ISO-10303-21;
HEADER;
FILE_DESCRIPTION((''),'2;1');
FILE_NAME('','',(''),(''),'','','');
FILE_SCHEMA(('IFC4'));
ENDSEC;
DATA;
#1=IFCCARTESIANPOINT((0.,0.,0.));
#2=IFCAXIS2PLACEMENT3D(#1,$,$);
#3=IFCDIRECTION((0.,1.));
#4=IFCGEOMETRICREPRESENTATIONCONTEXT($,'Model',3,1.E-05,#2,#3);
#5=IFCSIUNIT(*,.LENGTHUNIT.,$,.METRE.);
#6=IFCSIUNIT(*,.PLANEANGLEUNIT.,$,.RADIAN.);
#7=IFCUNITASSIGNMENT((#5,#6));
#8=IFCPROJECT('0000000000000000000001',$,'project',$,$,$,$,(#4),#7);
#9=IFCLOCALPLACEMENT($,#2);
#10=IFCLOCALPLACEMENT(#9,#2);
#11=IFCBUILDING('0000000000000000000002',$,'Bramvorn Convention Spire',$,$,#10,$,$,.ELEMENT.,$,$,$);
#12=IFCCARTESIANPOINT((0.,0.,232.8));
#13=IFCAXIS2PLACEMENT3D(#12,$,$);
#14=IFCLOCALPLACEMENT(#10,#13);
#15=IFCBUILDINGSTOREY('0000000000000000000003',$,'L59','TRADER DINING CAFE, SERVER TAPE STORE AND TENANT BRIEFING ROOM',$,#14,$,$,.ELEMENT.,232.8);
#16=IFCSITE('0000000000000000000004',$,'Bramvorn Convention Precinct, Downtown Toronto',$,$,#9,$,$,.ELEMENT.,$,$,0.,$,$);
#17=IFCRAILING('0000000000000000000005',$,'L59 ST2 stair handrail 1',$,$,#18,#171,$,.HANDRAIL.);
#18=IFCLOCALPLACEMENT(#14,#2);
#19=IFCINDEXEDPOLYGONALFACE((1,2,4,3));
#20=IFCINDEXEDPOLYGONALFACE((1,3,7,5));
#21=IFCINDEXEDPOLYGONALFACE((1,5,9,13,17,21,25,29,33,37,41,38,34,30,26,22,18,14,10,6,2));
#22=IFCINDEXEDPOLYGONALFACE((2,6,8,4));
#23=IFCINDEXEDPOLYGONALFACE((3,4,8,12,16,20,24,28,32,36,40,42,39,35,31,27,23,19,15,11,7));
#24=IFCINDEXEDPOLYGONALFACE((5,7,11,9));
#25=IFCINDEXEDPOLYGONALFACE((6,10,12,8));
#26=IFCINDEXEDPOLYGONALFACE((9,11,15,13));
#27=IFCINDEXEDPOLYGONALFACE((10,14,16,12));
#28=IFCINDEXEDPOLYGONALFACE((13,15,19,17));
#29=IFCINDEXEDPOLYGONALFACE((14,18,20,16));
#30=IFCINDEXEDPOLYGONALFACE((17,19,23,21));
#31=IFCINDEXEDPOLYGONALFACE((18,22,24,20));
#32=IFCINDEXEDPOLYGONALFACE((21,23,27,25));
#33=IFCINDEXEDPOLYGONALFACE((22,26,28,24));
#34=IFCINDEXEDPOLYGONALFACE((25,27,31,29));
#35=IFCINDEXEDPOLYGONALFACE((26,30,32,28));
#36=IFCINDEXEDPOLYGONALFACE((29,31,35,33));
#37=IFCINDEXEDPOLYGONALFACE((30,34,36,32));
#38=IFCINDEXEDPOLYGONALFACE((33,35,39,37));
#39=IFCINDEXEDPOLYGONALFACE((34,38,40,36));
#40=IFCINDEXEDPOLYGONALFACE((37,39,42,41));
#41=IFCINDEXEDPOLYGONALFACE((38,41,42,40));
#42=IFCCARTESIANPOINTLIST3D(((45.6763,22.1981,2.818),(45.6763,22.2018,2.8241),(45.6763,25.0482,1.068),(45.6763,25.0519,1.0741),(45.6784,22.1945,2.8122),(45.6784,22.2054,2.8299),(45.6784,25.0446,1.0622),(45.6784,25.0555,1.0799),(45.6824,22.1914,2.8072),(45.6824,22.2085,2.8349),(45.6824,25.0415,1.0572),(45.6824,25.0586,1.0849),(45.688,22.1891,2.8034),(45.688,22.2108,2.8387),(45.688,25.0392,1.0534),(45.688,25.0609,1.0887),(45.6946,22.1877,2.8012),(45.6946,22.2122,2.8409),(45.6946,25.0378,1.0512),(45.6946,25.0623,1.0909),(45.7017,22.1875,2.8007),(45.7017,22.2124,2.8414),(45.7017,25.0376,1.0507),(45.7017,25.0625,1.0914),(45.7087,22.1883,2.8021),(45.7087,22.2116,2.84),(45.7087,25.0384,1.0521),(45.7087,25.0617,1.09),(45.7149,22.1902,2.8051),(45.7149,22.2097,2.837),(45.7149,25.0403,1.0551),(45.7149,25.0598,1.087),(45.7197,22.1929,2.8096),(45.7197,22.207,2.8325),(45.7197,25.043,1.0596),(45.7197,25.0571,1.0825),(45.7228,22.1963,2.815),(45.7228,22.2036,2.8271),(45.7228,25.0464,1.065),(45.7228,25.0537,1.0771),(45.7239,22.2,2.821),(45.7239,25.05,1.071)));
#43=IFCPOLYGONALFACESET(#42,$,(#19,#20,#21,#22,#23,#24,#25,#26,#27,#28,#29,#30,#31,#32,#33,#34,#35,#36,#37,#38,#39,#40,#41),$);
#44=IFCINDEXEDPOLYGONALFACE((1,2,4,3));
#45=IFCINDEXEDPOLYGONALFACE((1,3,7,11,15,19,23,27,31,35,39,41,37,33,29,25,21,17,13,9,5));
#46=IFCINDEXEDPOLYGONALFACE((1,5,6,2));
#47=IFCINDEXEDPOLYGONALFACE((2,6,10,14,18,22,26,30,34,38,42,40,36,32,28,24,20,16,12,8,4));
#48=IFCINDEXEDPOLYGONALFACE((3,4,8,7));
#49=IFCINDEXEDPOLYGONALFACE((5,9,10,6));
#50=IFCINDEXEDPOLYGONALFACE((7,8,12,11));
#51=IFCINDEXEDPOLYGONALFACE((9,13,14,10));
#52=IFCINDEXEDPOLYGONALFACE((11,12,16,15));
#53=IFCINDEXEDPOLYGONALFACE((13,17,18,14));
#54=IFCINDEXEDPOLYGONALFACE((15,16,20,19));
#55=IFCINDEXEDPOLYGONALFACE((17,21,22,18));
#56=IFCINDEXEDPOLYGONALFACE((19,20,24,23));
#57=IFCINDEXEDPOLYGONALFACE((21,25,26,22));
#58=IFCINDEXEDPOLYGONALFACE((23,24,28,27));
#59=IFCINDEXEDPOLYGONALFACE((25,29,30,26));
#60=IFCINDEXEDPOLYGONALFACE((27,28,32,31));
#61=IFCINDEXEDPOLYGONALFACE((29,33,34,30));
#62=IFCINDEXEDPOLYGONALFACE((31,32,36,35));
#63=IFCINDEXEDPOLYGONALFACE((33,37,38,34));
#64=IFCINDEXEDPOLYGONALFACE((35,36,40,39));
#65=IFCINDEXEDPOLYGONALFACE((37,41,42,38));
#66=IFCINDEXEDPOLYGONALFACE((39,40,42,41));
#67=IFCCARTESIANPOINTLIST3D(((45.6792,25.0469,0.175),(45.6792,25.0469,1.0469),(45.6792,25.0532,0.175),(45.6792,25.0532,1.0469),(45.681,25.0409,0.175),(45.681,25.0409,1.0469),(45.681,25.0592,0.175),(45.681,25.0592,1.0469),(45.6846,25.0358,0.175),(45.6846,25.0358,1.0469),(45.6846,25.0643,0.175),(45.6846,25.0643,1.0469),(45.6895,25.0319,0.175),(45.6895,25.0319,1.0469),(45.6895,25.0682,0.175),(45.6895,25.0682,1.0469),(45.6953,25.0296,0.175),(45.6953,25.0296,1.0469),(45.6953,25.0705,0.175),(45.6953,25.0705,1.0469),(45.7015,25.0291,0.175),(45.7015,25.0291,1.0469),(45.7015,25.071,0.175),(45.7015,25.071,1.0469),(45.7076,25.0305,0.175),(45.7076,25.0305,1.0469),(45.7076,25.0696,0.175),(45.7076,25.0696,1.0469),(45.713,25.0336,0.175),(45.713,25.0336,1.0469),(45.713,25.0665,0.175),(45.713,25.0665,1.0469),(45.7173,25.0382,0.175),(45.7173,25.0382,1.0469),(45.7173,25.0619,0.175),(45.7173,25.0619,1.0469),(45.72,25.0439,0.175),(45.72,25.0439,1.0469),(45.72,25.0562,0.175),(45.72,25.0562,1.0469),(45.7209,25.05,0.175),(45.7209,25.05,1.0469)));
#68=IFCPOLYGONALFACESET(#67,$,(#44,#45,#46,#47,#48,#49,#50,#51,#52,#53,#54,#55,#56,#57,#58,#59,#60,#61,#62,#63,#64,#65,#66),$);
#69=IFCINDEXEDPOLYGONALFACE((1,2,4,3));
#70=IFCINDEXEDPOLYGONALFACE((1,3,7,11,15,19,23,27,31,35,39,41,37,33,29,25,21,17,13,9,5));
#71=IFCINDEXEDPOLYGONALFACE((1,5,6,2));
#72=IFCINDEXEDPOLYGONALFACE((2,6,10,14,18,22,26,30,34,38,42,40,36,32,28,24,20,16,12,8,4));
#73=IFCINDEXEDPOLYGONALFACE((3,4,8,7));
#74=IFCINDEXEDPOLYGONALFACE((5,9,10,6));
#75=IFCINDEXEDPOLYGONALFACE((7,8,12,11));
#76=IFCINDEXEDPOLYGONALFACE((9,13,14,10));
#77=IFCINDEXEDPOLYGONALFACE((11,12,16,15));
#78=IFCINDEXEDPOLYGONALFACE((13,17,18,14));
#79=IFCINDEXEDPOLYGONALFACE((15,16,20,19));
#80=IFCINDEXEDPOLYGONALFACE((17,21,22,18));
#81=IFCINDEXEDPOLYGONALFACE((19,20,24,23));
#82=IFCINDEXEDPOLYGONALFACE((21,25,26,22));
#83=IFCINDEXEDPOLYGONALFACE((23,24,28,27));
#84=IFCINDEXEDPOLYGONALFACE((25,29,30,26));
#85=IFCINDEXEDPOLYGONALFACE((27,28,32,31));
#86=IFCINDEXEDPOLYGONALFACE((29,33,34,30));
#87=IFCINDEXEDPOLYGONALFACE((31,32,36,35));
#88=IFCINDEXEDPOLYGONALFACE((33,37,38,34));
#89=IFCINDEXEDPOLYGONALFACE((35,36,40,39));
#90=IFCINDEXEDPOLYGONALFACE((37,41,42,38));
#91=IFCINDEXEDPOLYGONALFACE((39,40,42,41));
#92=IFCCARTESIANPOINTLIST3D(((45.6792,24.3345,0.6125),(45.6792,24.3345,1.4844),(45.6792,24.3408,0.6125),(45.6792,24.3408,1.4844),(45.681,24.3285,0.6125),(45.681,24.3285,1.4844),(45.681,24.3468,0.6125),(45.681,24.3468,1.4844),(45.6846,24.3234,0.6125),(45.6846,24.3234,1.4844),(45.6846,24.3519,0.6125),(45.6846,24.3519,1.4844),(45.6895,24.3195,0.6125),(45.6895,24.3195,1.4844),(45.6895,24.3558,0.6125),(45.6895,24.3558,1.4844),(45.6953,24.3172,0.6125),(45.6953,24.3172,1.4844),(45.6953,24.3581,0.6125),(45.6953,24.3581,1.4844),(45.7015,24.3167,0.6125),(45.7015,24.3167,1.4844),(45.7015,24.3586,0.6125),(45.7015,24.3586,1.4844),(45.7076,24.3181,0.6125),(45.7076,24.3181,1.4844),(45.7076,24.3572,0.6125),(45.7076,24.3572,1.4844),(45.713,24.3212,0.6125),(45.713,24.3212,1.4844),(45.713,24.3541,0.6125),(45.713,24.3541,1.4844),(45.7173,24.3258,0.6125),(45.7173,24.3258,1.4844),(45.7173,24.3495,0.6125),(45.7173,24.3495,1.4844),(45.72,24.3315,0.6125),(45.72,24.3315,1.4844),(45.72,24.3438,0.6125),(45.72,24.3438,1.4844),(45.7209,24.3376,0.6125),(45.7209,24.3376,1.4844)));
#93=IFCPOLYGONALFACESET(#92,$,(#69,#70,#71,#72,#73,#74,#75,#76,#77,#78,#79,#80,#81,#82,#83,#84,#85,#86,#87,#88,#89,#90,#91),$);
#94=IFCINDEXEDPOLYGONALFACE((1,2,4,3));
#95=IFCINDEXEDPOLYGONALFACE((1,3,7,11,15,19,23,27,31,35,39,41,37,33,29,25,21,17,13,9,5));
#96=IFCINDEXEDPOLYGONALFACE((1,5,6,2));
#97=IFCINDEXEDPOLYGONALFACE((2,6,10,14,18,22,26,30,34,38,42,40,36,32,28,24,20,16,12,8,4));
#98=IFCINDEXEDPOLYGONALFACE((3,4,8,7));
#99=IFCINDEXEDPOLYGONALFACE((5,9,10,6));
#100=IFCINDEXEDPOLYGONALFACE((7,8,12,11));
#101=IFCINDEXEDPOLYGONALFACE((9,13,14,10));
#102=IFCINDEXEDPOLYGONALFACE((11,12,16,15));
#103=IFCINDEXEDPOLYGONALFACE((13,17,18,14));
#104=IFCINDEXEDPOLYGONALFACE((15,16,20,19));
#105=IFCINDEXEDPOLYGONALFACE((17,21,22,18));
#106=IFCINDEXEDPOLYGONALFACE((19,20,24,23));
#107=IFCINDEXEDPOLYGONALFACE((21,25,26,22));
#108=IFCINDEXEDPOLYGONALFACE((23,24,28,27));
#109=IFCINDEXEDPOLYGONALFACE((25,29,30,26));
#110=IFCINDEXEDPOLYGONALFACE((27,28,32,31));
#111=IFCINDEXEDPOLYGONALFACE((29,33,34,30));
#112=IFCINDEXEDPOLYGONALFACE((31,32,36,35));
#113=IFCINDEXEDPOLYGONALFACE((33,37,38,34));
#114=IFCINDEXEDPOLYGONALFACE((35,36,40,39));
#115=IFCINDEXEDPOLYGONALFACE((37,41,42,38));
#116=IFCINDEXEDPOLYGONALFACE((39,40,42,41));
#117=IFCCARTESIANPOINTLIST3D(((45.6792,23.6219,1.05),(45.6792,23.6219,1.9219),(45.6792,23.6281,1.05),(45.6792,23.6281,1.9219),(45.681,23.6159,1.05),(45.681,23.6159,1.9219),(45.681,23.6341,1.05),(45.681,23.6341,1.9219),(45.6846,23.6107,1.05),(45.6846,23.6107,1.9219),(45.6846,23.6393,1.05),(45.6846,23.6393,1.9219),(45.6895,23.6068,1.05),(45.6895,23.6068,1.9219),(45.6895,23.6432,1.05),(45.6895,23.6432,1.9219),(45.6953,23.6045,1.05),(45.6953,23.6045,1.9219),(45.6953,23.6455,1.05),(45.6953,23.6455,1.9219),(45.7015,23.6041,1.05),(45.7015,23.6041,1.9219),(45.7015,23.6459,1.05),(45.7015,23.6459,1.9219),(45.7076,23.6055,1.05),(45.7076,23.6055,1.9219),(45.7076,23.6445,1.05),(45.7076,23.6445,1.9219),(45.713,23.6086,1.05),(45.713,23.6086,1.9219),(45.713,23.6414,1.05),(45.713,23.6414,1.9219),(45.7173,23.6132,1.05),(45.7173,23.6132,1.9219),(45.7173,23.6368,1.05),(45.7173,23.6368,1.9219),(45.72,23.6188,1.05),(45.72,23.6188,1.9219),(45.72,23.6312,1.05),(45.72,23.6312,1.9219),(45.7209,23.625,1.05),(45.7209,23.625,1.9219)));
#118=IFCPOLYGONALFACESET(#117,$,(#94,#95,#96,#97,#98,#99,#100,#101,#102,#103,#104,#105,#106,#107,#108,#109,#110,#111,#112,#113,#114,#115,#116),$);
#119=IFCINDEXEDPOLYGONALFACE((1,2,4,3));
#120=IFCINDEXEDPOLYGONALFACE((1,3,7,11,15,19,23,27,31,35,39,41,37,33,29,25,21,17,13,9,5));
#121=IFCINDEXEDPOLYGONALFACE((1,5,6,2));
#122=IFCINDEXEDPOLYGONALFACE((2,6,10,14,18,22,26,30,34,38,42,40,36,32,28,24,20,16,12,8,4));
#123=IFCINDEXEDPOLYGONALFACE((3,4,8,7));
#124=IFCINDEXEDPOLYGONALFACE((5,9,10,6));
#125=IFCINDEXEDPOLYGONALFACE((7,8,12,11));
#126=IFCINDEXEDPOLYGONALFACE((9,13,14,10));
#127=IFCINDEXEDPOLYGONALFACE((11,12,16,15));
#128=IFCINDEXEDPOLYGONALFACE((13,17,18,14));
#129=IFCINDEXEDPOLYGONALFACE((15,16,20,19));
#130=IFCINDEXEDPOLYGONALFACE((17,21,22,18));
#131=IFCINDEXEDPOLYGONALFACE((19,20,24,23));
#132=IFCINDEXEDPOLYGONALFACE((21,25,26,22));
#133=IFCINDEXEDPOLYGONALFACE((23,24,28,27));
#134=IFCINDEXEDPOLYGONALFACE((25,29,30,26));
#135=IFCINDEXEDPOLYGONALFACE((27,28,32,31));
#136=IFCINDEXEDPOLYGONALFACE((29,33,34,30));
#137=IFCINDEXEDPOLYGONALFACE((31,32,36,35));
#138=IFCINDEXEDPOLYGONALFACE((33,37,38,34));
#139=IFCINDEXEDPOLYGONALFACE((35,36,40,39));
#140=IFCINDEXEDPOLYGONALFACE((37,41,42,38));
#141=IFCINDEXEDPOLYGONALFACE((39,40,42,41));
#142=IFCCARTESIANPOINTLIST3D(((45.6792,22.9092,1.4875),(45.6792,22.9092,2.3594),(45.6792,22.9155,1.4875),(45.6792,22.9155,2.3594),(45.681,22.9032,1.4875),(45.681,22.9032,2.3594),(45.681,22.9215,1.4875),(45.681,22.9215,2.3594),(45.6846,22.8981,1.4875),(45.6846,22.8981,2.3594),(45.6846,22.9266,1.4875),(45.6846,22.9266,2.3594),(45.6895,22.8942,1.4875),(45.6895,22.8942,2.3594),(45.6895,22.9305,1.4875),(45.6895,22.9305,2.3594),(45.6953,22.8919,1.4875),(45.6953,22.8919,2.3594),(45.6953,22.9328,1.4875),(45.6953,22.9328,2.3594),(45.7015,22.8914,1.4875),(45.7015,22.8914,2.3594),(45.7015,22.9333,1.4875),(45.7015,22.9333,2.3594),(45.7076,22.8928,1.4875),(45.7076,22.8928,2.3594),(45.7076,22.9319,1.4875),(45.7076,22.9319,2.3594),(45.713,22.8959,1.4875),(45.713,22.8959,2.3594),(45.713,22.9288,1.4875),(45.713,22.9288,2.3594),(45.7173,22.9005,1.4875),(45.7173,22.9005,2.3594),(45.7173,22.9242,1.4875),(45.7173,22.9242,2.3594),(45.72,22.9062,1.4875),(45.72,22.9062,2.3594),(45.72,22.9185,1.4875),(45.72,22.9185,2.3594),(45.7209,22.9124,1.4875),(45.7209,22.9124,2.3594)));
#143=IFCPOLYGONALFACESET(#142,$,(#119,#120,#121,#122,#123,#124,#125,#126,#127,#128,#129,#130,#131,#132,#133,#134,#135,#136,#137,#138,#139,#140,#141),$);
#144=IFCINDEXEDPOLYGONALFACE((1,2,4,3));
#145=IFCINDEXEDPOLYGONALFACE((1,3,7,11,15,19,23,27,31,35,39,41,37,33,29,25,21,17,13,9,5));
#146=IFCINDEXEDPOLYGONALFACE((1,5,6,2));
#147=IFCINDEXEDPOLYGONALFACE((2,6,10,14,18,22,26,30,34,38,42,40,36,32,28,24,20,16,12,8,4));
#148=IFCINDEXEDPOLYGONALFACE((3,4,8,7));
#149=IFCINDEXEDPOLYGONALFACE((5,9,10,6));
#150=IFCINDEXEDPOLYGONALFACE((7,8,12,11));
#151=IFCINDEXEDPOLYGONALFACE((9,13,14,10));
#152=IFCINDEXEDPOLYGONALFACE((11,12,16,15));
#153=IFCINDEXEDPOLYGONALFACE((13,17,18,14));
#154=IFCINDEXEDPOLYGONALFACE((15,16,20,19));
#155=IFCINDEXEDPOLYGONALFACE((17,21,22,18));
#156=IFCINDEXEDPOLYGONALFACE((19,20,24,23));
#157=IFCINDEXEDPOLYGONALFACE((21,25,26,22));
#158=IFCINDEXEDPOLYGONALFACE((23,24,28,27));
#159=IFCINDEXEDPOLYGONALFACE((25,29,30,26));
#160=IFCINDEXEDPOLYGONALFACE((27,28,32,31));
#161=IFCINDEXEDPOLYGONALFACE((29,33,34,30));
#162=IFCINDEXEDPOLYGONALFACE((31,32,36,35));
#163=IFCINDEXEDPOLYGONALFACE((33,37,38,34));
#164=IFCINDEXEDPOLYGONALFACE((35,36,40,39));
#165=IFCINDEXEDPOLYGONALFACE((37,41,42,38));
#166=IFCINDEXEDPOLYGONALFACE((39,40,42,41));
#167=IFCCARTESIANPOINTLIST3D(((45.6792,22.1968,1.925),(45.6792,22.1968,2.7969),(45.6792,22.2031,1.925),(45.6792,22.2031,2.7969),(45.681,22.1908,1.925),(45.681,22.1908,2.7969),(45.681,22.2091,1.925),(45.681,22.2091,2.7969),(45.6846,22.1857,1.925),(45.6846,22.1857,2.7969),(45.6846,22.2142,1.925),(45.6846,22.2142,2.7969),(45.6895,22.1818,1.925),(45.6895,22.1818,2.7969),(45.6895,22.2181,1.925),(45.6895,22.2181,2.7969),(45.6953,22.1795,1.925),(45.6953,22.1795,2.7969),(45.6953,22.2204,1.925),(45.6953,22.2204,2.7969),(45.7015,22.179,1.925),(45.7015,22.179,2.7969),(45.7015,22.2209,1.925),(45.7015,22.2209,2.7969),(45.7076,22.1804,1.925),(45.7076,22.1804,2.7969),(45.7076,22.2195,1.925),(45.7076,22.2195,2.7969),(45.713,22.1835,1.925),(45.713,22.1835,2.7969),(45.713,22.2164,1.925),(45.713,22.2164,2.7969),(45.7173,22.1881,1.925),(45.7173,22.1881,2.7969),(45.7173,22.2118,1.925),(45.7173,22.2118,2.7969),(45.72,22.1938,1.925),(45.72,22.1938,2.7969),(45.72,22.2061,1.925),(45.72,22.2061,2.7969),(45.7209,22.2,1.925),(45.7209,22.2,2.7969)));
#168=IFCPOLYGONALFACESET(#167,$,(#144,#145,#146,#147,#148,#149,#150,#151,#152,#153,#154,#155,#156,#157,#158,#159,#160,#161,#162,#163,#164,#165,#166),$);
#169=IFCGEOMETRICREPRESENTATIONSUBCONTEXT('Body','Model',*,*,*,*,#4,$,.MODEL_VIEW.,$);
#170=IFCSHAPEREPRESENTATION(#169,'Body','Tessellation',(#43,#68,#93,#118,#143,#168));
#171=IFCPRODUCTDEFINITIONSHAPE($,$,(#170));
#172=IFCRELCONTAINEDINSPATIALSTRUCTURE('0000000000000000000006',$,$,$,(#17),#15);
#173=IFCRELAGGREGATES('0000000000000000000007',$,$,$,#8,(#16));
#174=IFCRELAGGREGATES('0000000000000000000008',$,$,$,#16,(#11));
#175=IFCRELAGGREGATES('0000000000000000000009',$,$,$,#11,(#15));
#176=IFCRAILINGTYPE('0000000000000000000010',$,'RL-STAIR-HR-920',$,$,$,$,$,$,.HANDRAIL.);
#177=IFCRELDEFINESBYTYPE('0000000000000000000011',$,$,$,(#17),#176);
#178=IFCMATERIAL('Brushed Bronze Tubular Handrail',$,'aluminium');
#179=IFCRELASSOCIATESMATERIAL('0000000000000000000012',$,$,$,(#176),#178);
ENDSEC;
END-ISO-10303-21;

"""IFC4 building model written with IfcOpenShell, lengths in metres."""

from ifc_helpers import new_model, si_unit, direction, frame, origin, origin_2d, place, context, subcontext, project, spatial, circle, extrude, material, type_object, element, save


model = new_model("IFC4")

# Units and contexts
model_context = context("Model", 3, precision=1e-05, world=origin(), true_north=direction((0.0, 1.0)))
body_context = subcontext(model_context, "Body", "Model", "MODEL_VIEW")
ifc_project = project(units=[si_unit("LENGTHUNIT", "METRE"), si_unit("PLANEANGLEUNIT", "RADIAN")], contexts=[model_context])

# Site, building, storey
site_placement = place(None, origin())
site = spatial("IfcSite", under=ifc_project, at=site_placement, Name="Bramvorn Convention Precinct, Downtown Toronto", CompositionType="ELEMENT", RefElevation=0.0)
building_placement = place(site_placement, origin())
building = spatial("IfcBuilding", under=site, at=building_placement, Name="Bramvorn Convention Spire", CompositionType="ELEMENT")
storey_placement = place(building_placement, frame((0.0, 0.0, 232.8)))
storey = spatial("IfcBuildingStorey", under=building, at=storey_placement, Name="L59", Description="TRADER DINING CAFE, SERVER TAPE STORE AND TENANT BRIEFING ROOM", CompositionType="ELEMENT", Elevation=232.8)

# Railing
ifc_material_1 = material(Name="Brushed Bronze Tubular Handrail", Category="aluminium")
railing_type_1 = type_object("IfcRailingType", Name="RL-STAIR-HR-920", PredefinedType="HANDRAIL", material=ifc_material_1)
railing_1_placement = place(storey_placement, frame((45.7, 25.05, 0.175)))
element("IfcRailing", 1, at=railing_1_placement, inside=storey, type_object=railing_type_1, Name="L59 ST2 stair handrail 1", PredefinedType="HANDRAIL", context=body_context, shape_type="SweptSolid", body=[
    extrude(circle(Radius=0.0239, at=origin_2d()), frame((0.0, 0.0, 0.896), z_axis=(0.0, -0.852179, 0.52325), x_axis=(1.0, 0.0, 0.0)), (0.0, 0.0, 1.0), 3.3445),
    extrude(circle(Radius=0.021, at=origin_2d()), origin(), (0.0, 0.0, 1.0), 0.8718),
    extrude(circle(Radius=0.021, at=origin_2d()), frame((0.0, -0.7124, 0.4375)), (0.0, 0.0, 1.0), 0.8718),
    extrude(circle(Radius=0.021, at=origin_2d()), frame((0.0, -1.425, 0.875)), (0.0, 0.0, 1.0), 0.8718),
    extrude(circle(Radius=0.021, at=origin_2d()), frame((0.0, -2.1377, 1.3125)), (0.0, 0.0, 1.0), 0.8718),
    extrude(circle(Radius=0.021, at=origin_2d()), frame((0.0, -2.8501, 1.75)), (0.0, 0.0, 1.0), 0.8718),
])

save(model, "model.ifc")
